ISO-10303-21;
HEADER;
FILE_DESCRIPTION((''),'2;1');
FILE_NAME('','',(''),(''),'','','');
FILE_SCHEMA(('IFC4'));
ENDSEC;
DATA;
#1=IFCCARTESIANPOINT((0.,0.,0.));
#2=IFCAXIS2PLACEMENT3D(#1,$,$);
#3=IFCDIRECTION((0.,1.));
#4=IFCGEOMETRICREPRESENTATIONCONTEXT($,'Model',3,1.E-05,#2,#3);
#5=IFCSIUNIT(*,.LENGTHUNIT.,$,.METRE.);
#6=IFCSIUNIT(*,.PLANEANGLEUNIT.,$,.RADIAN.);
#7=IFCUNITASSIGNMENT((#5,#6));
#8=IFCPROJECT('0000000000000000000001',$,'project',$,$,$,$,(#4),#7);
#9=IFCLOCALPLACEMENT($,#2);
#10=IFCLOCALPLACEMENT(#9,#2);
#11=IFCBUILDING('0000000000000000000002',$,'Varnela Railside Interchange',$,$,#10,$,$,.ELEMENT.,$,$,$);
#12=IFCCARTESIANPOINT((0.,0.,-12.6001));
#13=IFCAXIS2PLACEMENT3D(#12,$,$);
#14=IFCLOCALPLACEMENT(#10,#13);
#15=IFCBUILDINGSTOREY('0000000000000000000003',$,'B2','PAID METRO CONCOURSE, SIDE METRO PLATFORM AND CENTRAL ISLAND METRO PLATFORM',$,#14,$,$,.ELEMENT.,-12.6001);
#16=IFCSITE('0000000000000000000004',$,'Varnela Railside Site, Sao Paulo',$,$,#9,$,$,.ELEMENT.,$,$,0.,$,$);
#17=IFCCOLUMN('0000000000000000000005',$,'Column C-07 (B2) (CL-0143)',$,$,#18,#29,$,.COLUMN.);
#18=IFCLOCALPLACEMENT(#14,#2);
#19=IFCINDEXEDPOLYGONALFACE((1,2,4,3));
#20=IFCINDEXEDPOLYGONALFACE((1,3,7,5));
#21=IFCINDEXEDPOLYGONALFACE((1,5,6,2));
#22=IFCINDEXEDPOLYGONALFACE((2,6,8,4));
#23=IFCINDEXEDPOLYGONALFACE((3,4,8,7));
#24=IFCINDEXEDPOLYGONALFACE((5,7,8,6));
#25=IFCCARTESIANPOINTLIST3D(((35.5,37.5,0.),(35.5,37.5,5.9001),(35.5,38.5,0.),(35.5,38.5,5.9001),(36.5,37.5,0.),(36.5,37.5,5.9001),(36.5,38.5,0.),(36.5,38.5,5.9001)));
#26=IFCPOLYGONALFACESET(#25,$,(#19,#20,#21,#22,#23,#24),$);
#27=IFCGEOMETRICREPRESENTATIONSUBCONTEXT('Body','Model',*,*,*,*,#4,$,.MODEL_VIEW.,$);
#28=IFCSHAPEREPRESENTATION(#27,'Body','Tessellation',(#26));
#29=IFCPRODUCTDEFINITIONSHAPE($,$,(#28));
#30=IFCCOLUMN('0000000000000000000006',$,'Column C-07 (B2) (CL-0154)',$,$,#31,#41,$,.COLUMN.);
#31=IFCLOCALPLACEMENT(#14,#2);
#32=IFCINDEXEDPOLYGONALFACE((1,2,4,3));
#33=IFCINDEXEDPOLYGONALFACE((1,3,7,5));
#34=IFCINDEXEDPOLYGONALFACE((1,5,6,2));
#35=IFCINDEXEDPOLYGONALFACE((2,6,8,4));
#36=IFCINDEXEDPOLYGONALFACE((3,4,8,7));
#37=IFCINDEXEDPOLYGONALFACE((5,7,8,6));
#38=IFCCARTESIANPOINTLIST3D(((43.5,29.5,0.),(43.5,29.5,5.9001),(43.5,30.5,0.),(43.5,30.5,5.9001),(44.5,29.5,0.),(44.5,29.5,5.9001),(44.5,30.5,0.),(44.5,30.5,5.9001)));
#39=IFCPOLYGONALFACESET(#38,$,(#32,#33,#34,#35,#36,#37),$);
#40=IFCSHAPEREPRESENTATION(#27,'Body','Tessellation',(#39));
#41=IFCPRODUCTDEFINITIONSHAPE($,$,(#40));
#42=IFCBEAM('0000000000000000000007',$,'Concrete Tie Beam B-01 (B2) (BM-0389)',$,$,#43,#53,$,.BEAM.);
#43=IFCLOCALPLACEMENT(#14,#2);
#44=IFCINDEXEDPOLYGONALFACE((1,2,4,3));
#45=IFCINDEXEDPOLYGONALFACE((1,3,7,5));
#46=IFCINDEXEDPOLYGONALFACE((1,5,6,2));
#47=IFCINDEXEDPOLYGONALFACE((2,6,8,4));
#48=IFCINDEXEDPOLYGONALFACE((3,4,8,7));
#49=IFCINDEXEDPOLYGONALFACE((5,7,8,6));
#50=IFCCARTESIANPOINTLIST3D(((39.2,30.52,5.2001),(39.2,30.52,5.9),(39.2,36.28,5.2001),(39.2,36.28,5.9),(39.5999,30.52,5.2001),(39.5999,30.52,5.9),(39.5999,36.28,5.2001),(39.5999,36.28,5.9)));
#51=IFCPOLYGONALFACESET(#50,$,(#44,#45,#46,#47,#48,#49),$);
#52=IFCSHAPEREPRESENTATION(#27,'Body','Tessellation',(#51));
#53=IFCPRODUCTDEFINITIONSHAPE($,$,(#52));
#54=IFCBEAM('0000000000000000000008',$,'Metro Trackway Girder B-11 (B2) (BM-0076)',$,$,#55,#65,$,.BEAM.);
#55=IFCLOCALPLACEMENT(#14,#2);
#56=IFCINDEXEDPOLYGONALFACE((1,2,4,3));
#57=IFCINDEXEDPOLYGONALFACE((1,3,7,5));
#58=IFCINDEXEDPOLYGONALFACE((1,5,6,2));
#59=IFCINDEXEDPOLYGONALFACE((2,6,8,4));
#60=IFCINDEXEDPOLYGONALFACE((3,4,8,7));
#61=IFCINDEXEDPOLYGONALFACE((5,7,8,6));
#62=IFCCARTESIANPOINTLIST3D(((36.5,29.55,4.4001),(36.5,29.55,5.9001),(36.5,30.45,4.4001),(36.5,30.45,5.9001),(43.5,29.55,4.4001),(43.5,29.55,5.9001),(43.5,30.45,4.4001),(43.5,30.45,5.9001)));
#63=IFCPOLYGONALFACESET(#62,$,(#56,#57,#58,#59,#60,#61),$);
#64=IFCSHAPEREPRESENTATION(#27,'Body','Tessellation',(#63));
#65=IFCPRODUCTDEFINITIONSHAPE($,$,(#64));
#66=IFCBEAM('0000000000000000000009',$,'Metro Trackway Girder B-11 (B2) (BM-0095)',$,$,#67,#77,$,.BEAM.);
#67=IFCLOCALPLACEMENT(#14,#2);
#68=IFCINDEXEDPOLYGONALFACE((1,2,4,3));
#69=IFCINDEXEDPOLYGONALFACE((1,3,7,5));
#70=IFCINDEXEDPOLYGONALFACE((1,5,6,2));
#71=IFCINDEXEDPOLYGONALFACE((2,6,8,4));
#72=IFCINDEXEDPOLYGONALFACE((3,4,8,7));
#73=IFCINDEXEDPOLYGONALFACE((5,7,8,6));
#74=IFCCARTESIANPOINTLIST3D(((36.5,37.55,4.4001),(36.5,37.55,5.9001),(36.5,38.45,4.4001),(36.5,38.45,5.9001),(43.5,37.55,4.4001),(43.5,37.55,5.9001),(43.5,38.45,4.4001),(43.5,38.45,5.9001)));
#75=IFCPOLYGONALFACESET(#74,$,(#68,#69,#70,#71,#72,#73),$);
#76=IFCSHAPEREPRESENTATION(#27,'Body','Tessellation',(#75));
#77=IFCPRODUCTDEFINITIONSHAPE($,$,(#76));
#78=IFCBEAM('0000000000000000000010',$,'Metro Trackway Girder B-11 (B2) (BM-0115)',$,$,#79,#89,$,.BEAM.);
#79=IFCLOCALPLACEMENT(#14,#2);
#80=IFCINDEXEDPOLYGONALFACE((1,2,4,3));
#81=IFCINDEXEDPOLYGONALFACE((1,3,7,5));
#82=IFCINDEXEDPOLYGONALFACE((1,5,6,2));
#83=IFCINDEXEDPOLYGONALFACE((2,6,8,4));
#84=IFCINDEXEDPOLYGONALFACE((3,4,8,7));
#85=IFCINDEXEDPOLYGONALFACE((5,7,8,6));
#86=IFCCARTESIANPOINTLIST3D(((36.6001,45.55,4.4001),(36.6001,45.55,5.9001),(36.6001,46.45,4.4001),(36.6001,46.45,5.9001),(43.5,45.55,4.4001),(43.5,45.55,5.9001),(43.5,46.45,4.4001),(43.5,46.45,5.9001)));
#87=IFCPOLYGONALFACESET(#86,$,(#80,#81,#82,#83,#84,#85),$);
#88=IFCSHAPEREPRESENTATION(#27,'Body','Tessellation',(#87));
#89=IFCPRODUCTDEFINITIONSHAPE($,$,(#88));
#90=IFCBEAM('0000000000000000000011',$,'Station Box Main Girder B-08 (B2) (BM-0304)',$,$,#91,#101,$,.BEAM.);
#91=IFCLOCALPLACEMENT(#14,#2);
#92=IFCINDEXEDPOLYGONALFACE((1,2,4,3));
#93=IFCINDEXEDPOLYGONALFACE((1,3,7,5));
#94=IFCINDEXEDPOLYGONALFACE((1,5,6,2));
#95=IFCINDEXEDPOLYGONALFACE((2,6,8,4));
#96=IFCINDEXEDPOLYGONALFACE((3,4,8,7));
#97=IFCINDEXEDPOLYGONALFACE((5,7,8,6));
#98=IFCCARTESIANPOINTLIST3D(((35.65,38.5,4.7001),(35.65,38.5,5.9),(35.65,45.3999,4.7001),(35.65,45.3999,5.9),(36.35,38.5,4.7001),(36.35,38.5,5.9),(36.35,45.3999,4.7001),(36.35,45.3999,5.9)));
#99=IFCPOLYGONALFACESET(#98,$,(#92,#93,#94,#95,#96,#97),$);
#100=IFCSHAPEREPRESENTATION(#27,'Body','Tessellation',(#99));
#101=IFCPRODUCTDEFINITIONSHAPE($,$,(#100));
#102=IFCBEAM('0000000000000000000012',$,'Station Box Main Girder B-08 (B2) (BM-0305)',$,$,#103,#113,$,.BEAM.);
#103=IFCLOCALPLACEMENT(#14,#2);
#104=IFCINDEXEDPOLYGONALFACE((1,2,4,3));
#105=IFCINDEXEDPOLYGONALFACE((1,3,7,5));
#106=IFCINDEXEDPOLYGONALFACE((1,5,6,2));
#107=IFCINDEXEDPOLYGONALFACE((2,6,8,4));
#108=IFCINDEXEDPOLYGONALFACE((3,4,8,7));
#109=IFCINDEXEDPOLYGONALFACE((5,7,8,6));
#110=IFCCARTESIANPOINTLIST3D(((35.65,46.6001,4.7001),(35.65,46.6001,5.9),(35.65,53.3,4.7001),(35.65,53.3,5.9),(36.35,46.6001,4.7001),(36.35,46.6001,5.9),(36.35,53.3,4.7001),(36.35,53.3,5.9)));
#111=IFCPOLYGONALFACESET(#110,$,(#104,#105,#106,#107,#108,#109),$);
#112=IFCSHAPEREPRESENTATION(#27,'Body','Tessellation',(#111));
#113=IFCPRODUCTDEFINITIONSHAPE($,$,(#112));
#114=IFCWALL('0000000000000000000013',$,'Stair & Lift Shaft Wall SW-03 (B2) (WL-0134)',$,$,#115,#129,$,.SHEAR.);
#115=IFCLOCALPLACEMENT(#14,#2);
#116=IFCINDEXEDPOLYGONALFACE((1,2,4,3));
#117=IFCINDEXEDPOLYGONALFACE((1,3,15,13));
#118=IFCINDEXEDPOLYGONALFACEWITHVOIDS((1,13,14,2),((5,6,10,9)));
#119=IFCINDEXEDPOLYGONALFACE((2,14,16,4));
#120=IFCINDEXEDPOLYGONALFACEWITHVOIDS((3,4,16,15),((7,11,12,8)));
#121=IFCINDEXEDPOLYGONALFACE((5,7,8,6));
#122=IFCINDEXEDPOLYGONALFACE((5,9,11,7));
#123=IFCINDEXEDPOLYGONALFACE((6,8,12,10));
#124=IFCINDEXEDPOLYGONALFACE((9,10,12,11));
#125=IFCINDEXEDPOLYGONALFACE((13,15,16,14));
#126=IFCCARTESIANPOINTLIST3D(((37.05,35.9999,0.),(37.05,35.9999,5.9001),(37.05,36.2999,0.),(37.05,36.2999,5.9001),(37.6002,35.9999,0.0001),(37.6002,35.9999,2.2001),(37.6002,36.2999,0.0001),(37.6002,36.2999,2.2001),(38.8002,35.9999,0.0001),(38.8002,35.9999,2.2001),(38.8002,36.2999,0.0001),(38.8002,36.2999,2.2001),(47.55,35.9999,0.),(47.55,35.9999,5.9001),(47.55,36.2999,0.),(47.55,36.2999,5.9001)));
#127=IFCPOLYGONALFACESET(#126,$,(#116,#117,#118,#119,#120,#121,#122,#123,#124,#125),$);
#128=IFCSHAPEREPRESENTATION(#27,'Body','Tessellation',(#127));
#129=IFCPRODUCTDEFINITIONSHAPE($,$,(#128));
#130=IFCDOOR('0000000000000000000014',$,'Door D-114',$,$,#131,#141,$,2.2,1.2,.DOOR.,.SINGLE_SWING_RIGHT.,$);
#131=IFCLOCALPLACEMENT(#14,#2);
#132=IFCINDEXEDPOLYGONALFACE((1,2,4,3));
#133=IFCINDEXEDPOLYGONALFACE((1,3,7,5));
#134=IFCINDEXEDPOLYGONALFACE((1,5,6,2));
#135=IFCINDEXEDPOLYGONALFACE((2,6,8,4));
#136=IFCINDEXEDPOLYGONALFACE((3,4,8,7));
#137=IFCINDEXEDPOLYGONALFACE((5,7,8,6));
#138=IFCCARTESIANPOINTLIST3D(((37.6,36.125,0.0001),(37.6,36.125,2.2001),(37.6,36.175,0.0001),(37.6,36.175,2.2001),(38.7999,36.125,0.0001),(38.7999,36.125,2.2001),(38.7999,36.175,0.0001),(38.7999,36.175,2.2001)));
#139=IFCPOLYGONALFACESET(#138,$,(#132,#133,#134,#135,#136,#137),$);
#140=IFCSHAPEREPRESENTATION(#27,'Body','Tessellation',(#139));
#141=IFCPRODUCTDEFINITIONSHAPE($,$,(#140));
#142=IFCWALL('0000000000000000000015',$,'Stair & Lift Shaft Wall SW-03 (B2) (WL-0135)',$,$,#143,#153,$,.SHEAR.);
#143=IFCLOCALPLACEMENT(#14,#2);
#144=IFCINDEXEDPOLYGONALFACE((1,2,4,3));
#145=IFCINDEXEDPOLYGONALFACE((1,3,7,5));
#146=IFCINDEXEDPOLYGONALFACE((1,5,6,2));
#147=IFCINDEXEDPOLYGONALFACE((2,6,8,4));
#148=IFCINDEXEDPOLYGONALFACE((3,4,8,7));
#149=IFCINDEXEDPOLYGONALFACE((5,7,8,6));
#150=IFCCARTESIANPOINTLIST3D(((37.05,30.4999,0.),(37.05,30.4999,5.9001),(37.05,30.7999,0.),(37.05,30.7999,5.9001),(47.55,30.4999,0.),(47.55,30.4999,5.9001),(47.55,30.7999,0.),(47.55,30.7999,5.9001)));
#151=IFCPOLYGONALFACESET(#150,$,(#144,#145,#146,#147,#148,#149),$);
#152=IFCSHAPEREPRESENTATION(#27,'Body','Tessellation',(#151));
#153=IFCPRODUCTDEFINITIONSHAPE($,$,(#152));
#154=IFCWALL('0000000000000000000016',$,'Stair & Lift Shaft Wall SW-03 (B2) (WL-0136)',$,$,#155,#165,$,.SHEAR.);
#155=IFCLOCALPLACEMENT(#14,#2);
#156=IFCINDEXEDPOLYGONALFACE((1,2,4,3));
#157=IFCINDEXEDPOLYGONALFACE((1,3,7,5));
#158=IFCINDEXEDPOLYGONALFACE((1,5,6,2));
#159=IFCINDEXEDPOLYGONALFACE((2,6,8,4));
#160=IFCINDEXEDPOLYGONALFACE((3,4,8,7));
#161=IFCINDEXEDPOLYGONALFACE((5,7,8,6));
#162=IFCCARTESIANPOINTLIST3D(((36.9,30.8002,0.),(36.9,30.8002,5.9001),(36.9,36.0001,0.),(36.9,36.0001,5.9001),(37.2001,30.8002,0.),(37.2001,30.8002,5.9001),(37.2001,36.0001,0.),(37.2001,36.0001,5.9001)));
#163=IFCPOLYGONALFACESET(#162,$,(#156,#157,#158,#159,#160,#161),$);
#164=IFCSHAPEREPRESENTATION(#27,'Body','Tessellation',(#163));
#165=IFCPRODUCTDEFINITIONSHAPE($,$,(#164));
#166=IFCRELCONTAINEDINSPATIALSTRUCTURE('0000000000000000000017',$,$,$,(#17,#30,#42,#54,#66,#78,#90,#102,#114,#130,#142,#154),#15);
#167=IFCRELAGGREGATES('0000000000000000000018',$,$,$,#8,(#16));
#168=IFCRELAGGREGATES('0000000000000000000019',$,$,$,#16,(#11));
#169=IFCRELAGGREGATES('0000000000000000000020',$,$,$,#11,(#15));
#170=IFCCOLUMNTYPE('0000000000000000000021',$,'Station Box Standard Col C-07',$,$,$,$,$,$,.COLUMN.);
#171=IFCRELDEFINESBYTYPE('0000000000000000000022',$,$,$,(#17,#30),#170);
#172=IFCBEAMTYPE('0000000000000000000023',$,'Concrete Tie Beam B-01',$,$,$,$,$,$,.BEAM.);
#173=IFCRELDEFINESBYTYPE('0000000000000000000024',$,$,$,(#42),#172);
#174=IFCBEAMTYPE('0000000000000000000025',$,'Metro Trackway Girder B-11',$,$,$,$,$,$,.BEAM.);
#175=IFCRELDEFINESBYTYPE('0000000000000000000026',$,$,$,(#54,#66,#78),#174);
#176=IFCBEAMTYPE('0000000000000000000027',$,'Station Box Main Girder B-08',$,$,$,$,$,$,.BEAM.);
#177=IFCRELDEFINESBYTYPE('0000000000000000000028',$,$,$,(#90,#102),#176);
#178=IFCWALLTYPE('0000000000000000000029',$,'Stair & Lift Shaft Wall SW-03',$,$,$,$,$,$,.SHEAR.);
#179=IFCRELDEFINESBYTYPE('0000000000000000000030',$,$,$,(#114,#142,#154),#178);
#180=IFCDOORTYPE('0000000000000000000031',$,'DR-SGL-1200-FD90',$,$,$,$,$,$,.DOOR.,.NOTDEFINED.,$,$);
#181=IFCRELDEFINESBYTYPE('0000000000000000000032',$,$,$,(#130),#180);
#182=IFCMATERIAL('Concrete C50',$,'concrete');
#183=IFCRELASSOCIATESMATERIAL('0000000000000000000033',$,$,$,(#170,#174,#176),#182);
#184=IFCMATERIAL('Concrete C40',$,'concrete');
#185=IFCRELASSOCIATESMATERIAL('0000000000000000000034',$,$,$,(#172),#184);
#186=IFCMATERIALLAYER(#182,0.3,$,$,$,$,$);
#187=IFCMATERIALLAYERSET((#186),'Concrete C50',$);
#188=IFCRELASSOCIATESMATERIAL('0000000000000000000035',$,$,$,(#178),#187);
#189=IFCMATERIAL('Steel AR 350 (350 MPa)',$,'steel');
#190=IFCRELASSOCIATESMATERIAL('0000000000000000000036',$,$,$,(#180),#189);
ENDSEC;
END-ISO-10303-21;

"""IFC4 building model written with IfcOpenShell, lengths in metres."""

from ifc_helpers import new_model, si_unit, direction, frame, frame_2d, origin, origin_2d, place, context, subcontext, project, spatial, rectangle, extrude, material, layer, layer_set, material_profile, profile_set, type_object, element, fill, save


model = new_model("IFC4")

# Units and contexts
model_context = context("Model", 3, precision=1e-05, world=origin(), true_north=direction((0.0, 1.0)))
body_context = subcontext(model_context, "Body", "Model", "MODEL_VIEW")
ifc_project = project(units=[si_unit("LENGTHUNIT", "METRE"), si_unit("PLANEANGLEUNIT", "RADIAN")], contexts=[model_context])

# Site, building, storey
site_placement = place(None, origin())
site = spatial("IfcSite", under=ifc_project, at=site_placement, Name="Varnela Railside Site, Sao Paulo", CompositionType="ELEMENT", RefElevation=0.0)
building_placement = place(site_placement, origin())
building = spatial("IfcBuilding", under=site, at=building_placement, Name="Varnela Railside Interchange", CompositionType="ELEMENT")
storey_placement = place(building_placement, frame((0.0, 0.0, -12.6001)))
storey = spatial("IfcBuildingStorey", under=building, at=storey_placement, Name="B2", Description="PAID METRO CONCOURSE, SIDE METRO PLATFORM AND CENTRAL ISLAND METRO PLATFORM", CompositionType="ELEMENT", Elevation=-12.6001)

# Shared definitions
ifc_material_1 = material(Name="Concrete C40", Category="concrete")

# Shared definitions
ifc_material_2 = material(Name="Concrete C50", Category="concrete")

# Columns
ifc_material_profile_1 = material_profile(ifc_material_2, rectangle(XDim=1.0, YDim=1.0, at=origin_2d()), Name="RC 1000x1000")
ifc_profile_set_1 = profile_set([ifc_material_profile_1], Name="Concrete C50")
column_type_1 = type_object("IfcColumnType", Name="Station Box Standard Col C-07", PredefinedType="COLUMN", material=ifc_profile_set_1)
for number, where, z_axis, x_axis, name in (
    (1, (36.0, 38.0, 0.0), (0.0, 0.0, 1.0), (1.0, 0.0, 0.0), "Column C-07 (B2) (CL-0143)"),
    (2, (44.0, 30.0, 0.0), (0.0, 0.0, 1.0), (1.0, 0.0, 0.0), "Column C-07 (B2) (CL-0154)"),
):
    element("IfcColumn", number, at=place(storey_placement, frame(where, z_axis=z_axis, x_axis=x_axis)), inside=storey, type_object=column_type_1, Name=name, PredefinedType="COLUMN", context=body_context, shape_type="SweptSolid", body=[
        extrude(rectangle(XDim=1.0, YDim=1.0, at=origin_2d()), origin(), (0.0, 0.0, 1.0), 5.9001),
    ])

# Beams
ifc_material_profile_2 = material_profile(ifc_material_1, rectangle(XDim=0.3999, YDim=0.7, at=origin_2d()), Name="RC 400x700")
ifc_profile_set_2 = profile_set([ifc_material_profile_2], Name="Concrete C40")
beam_type_1 = type_object("IfcBeamType", Name="Concrete Tie Beam B-01", PredefinedType="BEAM", material=ifc_profile_set_2)
beam_1_placement = place(storey_placement, frame((39.3999, 30.52, 5.55), z_axis=(0.0, 1.0, 0.0), x_axis=(-1.0, 0.0, 0.0)))
element("IfcBeam", 3, at=beam_1_placement, inside=storey, type_object=beam_type_1, Name="Concrete Tie Beam B-01 (B2) (BM-0389)", PredefinedType="BEAM", context=body_context, shape_type="SweptSolid", body=[
    extrude(rectangle(XDim=0.3999, YDim=0.7, at=origin_2d()), origin(), (0.0, 0.0, 1.0), 5.76),
])
ifc_material_profile_3 = material_profile(ifc_material_2, rectangle(XDim=0.8999, YDim=1.5, at=origin_2d()), Name="RC 900x1500")
ifc_profile_set_3 = profile_set([ifc_material_profile_3], Name="Concrete C50")
beam_type_2 = type_object("IfcBeamType", Name="Metro Trackway Girder B-11", PredefinedType="BEAM", material=ifc_profile_set_3)
for number, where, z_axis, x_axis, name in (
    (4, (36.5, 30.0, 5.1501), (1.0, 0.0, 0.0), (0.0, 1.0, 0.0), "Metro Trackway Girder B-11 (B2) (BM-0076)"),
    (5, (36.5, 38.0, 5.1501), (1.0, 0.0, 0.0), (0.0, 1.0, 0.0), "Metro Trackway Girder B-11 (B2) (BM-0095)"),
):
    element("IfcBeam", number, at=place(storey_placement, frame(where, z_axis=z_axis, x_axis=x_axis)), inside=storey, type_object=beam_type_2, Name=name, PredefinedType="BEAM", context=body_context, shape_type="SweptSolid", body=[
        extrude(rectangle(XDim=0.8999, YDim=1.5, at=origin_2d()), origin(), (0.0, 0.0, 1.0), 7.0),
    ])
beam_2_placement = place(storey_placement, frame((36.6001, 46.0, 5.1501), z_axis=(1.0, 0.0, 0.0), x_axis=(0.0, 1.0, 0.0)))
element("IfcBeam", 6, at=beam_2_placement, inside=storey, type_object=beam_type_2, Name="Metro Trackway Girder B-11 (B2) (BM-0115)", PredefinedType="BEAM", context=body_context, shape_type="SweptSolid", body=[
    extrude(rectangle(XDim=0.8999, YDim=1.5, at=origin_2d()), origin(), (0.0, 0.0, 1.0), 6.8999),
])
ifc_material_profile_4 = material_profile(ifc_material_2, rectangle(XDim=0.7, YDim=1.2, at=origin_2d()), Name="RC 700x1200")
ifc_profile_set_4 = profile_set([ifc_material_profile_4], Name="Concrete C50")
beam_type_3 = type_object("IfcBeamType", Name="Station Box Main Girder B-08", PredefinedType="BEAM", material=ifc_profile_set_4)
beam_3_placement = place(storey_placement, frame((36.0, 38.5, 5.3), z_axis=(0.0, 1.0, 0.0), x_axis=(-1.0, 0.0, 0.0)))
element("IfcBeam", 7, at=beam_3_placement, inside=storey, type_object=beam_type_3, Name="Station Box Main Girder B-08 (B2) (BM-0304)", PredefinedType="BEAM", context=body_context, shape_type="SweptSolid", body=[
    extrude(rectangle(XDim=0.7, YDim=1.2, at=origin_2d()), origin(), (0.0, 0.0, 1.0), 6.8999),
])
beam_4_placement = place(storey_placement, frame((36.0, 46.6001, 5.3), z_axis=(0.0, 1.0, 0.0), x_axis=(-1.0, 0.0, 0.0)))
element("IfcBeam", 8, at=beam_4_placement, inside=storey, type_object=beam_type_3, Name="Station Box Main Girder B-08 (B2) (BM-0305)", PredefinedType="BEAM", context=body_context, shape_type="SweptSolid", body=[
    extrude(rectangle(XDim=0.7, YDim=1.2, at=origin_2d()), origin(), (0.0, 0.0, 1.0), 6.7),
])

# Wall, opening, door
ifc_layer = layer(ifc_material_2, 0.3)
ifc_layer_set = layer_set([ifc_layer], Name="Concrete C50")
wall_type = type_object("IfcWallType", Name="Stair & Lift Shaft Wall SW-03", PredefinedType="SHEAR", material=ifc_layer_set)
wall_1_placement = place(storey_placement, frame((37.05, 36.1499, 0.0), z_axis=(0.0, 0.0, 1.0), x_axis=(1.0, 0.0, 0.0)))
wall_1 = element("IfcWall", 9, at=wall_1_placement, inside=storey, type_object=wall_type, Name="Stair & Lift Shaft Wall SW-03 (B2) (WL-0134)", PredefinedType="SHEAR", context=body_context, shape_type="SweptSolid", body=[
    extrude(rectangle(XDim=10.5, YDim=0.3, at=frame_2d((5.25, 0.0))), origin(), (0.0, 0.0, 1.0), 5.9001),
])
opening_placement = place(wall_1_placement, frame((0.55, 0.0, 0.0)))
opening = element("IfcOpeningElement", 10, at=opening_placement, cuts=wall_1, PredefinedType="OPENING", context=body_context, shape_type="SweptSolid", body=[
    extrude(rectangle(XDim=1.2, YDim=2.2, at=frame_2d((0.6001, 1.1001))), frame((0.0, 0.1599, 0.0), z_axis=(0.0, -1.0, 0.0), x_axis=(1.0, 0.0, 0.0)), (0.0, 0.0, 1.0), 0.3201),
])
ifc_material_3 = material(Name="Steel AR 350 (350 MPa)", Category="steel")
door_type = type_object("IfcDoorType", Name="DR-SGL-1200-FD90", OperationType="NOTDEFINED", PredefinedType="DOOR", material=ifc_material_3)
door_placement = place(opening_placement, frame((1.2, 0.0, 0.0), z_axis=(0.0, 0.0, 1.0), x_axis=(-1.0, 0.0, 0.0)))
door = element("IfcDoor", 11, at=door_placement, inside=storey, type_object=door_type, Name="Door D-114", OperationType="SINGLE_SWING_RIGHT", OverallHeight=2.2, OverallWidth=1.2, PredefinedType="DOOR", context=body_context, shape_type="SweptSolid", body=[
    extrude(rectangle(XDim=1.2, YDim=2.2, at=frame_2d((0.6001, 1.1001))), frame((0.0, 0.0249, 0.0), z_axis=(0.0, -1.0, 0.0), x_axis=(1.0, 0.0, 0.0)), (0.0, 0.0, 1.0), 0.05),
])
fill(opening, door)

# Walls
wall_2_placement = place(storey_placement, frame((37.05, 30.6499, 0.0), z_axis=(0.0, 0.0, 1.0), x_axis=(1.0, 0.0, 0.0)))
element("IfcWall", 12, at=wall_2_placement, inside=storey, type_object=wall_type, Name="Stair & Lift Shaft Wall SW-03 (B2) (WL-0135)", PredefinedType="SHEAR", context=body_context, shape_type="SweptSolid", body=[
    extrude(rectangle(XDim=10.5, YDim=0.3, at=frame_2d((5.25, 0.0))), origin(), (0.0, 0.0, 1.0), 5.9001),
])
wall_3_placement = place(storey_placement, frame((37.05, 30.8, 0.0), z_axis=(0.0, 0.0, 1.0), x_axis=(0.0, 1.0, 0.0)))
element("IfcWall", 13, at=wall_3_placement, inside=storey, type_object=wall_type, Name="Stair & Lift Shaft Wall SW-03 (B2) (WL-0136)", PredefinedType="SHEAR", context=body_context, shape_type="SweptSolid", body=[
    extrude(rectangle(XDim=5.2, YDim=0.3, at=frame_2d((2.6001, 0.0))), origin(), (0.0, 0.0, 1.0), 5.9001),
])

save(model, "model.ifc")
